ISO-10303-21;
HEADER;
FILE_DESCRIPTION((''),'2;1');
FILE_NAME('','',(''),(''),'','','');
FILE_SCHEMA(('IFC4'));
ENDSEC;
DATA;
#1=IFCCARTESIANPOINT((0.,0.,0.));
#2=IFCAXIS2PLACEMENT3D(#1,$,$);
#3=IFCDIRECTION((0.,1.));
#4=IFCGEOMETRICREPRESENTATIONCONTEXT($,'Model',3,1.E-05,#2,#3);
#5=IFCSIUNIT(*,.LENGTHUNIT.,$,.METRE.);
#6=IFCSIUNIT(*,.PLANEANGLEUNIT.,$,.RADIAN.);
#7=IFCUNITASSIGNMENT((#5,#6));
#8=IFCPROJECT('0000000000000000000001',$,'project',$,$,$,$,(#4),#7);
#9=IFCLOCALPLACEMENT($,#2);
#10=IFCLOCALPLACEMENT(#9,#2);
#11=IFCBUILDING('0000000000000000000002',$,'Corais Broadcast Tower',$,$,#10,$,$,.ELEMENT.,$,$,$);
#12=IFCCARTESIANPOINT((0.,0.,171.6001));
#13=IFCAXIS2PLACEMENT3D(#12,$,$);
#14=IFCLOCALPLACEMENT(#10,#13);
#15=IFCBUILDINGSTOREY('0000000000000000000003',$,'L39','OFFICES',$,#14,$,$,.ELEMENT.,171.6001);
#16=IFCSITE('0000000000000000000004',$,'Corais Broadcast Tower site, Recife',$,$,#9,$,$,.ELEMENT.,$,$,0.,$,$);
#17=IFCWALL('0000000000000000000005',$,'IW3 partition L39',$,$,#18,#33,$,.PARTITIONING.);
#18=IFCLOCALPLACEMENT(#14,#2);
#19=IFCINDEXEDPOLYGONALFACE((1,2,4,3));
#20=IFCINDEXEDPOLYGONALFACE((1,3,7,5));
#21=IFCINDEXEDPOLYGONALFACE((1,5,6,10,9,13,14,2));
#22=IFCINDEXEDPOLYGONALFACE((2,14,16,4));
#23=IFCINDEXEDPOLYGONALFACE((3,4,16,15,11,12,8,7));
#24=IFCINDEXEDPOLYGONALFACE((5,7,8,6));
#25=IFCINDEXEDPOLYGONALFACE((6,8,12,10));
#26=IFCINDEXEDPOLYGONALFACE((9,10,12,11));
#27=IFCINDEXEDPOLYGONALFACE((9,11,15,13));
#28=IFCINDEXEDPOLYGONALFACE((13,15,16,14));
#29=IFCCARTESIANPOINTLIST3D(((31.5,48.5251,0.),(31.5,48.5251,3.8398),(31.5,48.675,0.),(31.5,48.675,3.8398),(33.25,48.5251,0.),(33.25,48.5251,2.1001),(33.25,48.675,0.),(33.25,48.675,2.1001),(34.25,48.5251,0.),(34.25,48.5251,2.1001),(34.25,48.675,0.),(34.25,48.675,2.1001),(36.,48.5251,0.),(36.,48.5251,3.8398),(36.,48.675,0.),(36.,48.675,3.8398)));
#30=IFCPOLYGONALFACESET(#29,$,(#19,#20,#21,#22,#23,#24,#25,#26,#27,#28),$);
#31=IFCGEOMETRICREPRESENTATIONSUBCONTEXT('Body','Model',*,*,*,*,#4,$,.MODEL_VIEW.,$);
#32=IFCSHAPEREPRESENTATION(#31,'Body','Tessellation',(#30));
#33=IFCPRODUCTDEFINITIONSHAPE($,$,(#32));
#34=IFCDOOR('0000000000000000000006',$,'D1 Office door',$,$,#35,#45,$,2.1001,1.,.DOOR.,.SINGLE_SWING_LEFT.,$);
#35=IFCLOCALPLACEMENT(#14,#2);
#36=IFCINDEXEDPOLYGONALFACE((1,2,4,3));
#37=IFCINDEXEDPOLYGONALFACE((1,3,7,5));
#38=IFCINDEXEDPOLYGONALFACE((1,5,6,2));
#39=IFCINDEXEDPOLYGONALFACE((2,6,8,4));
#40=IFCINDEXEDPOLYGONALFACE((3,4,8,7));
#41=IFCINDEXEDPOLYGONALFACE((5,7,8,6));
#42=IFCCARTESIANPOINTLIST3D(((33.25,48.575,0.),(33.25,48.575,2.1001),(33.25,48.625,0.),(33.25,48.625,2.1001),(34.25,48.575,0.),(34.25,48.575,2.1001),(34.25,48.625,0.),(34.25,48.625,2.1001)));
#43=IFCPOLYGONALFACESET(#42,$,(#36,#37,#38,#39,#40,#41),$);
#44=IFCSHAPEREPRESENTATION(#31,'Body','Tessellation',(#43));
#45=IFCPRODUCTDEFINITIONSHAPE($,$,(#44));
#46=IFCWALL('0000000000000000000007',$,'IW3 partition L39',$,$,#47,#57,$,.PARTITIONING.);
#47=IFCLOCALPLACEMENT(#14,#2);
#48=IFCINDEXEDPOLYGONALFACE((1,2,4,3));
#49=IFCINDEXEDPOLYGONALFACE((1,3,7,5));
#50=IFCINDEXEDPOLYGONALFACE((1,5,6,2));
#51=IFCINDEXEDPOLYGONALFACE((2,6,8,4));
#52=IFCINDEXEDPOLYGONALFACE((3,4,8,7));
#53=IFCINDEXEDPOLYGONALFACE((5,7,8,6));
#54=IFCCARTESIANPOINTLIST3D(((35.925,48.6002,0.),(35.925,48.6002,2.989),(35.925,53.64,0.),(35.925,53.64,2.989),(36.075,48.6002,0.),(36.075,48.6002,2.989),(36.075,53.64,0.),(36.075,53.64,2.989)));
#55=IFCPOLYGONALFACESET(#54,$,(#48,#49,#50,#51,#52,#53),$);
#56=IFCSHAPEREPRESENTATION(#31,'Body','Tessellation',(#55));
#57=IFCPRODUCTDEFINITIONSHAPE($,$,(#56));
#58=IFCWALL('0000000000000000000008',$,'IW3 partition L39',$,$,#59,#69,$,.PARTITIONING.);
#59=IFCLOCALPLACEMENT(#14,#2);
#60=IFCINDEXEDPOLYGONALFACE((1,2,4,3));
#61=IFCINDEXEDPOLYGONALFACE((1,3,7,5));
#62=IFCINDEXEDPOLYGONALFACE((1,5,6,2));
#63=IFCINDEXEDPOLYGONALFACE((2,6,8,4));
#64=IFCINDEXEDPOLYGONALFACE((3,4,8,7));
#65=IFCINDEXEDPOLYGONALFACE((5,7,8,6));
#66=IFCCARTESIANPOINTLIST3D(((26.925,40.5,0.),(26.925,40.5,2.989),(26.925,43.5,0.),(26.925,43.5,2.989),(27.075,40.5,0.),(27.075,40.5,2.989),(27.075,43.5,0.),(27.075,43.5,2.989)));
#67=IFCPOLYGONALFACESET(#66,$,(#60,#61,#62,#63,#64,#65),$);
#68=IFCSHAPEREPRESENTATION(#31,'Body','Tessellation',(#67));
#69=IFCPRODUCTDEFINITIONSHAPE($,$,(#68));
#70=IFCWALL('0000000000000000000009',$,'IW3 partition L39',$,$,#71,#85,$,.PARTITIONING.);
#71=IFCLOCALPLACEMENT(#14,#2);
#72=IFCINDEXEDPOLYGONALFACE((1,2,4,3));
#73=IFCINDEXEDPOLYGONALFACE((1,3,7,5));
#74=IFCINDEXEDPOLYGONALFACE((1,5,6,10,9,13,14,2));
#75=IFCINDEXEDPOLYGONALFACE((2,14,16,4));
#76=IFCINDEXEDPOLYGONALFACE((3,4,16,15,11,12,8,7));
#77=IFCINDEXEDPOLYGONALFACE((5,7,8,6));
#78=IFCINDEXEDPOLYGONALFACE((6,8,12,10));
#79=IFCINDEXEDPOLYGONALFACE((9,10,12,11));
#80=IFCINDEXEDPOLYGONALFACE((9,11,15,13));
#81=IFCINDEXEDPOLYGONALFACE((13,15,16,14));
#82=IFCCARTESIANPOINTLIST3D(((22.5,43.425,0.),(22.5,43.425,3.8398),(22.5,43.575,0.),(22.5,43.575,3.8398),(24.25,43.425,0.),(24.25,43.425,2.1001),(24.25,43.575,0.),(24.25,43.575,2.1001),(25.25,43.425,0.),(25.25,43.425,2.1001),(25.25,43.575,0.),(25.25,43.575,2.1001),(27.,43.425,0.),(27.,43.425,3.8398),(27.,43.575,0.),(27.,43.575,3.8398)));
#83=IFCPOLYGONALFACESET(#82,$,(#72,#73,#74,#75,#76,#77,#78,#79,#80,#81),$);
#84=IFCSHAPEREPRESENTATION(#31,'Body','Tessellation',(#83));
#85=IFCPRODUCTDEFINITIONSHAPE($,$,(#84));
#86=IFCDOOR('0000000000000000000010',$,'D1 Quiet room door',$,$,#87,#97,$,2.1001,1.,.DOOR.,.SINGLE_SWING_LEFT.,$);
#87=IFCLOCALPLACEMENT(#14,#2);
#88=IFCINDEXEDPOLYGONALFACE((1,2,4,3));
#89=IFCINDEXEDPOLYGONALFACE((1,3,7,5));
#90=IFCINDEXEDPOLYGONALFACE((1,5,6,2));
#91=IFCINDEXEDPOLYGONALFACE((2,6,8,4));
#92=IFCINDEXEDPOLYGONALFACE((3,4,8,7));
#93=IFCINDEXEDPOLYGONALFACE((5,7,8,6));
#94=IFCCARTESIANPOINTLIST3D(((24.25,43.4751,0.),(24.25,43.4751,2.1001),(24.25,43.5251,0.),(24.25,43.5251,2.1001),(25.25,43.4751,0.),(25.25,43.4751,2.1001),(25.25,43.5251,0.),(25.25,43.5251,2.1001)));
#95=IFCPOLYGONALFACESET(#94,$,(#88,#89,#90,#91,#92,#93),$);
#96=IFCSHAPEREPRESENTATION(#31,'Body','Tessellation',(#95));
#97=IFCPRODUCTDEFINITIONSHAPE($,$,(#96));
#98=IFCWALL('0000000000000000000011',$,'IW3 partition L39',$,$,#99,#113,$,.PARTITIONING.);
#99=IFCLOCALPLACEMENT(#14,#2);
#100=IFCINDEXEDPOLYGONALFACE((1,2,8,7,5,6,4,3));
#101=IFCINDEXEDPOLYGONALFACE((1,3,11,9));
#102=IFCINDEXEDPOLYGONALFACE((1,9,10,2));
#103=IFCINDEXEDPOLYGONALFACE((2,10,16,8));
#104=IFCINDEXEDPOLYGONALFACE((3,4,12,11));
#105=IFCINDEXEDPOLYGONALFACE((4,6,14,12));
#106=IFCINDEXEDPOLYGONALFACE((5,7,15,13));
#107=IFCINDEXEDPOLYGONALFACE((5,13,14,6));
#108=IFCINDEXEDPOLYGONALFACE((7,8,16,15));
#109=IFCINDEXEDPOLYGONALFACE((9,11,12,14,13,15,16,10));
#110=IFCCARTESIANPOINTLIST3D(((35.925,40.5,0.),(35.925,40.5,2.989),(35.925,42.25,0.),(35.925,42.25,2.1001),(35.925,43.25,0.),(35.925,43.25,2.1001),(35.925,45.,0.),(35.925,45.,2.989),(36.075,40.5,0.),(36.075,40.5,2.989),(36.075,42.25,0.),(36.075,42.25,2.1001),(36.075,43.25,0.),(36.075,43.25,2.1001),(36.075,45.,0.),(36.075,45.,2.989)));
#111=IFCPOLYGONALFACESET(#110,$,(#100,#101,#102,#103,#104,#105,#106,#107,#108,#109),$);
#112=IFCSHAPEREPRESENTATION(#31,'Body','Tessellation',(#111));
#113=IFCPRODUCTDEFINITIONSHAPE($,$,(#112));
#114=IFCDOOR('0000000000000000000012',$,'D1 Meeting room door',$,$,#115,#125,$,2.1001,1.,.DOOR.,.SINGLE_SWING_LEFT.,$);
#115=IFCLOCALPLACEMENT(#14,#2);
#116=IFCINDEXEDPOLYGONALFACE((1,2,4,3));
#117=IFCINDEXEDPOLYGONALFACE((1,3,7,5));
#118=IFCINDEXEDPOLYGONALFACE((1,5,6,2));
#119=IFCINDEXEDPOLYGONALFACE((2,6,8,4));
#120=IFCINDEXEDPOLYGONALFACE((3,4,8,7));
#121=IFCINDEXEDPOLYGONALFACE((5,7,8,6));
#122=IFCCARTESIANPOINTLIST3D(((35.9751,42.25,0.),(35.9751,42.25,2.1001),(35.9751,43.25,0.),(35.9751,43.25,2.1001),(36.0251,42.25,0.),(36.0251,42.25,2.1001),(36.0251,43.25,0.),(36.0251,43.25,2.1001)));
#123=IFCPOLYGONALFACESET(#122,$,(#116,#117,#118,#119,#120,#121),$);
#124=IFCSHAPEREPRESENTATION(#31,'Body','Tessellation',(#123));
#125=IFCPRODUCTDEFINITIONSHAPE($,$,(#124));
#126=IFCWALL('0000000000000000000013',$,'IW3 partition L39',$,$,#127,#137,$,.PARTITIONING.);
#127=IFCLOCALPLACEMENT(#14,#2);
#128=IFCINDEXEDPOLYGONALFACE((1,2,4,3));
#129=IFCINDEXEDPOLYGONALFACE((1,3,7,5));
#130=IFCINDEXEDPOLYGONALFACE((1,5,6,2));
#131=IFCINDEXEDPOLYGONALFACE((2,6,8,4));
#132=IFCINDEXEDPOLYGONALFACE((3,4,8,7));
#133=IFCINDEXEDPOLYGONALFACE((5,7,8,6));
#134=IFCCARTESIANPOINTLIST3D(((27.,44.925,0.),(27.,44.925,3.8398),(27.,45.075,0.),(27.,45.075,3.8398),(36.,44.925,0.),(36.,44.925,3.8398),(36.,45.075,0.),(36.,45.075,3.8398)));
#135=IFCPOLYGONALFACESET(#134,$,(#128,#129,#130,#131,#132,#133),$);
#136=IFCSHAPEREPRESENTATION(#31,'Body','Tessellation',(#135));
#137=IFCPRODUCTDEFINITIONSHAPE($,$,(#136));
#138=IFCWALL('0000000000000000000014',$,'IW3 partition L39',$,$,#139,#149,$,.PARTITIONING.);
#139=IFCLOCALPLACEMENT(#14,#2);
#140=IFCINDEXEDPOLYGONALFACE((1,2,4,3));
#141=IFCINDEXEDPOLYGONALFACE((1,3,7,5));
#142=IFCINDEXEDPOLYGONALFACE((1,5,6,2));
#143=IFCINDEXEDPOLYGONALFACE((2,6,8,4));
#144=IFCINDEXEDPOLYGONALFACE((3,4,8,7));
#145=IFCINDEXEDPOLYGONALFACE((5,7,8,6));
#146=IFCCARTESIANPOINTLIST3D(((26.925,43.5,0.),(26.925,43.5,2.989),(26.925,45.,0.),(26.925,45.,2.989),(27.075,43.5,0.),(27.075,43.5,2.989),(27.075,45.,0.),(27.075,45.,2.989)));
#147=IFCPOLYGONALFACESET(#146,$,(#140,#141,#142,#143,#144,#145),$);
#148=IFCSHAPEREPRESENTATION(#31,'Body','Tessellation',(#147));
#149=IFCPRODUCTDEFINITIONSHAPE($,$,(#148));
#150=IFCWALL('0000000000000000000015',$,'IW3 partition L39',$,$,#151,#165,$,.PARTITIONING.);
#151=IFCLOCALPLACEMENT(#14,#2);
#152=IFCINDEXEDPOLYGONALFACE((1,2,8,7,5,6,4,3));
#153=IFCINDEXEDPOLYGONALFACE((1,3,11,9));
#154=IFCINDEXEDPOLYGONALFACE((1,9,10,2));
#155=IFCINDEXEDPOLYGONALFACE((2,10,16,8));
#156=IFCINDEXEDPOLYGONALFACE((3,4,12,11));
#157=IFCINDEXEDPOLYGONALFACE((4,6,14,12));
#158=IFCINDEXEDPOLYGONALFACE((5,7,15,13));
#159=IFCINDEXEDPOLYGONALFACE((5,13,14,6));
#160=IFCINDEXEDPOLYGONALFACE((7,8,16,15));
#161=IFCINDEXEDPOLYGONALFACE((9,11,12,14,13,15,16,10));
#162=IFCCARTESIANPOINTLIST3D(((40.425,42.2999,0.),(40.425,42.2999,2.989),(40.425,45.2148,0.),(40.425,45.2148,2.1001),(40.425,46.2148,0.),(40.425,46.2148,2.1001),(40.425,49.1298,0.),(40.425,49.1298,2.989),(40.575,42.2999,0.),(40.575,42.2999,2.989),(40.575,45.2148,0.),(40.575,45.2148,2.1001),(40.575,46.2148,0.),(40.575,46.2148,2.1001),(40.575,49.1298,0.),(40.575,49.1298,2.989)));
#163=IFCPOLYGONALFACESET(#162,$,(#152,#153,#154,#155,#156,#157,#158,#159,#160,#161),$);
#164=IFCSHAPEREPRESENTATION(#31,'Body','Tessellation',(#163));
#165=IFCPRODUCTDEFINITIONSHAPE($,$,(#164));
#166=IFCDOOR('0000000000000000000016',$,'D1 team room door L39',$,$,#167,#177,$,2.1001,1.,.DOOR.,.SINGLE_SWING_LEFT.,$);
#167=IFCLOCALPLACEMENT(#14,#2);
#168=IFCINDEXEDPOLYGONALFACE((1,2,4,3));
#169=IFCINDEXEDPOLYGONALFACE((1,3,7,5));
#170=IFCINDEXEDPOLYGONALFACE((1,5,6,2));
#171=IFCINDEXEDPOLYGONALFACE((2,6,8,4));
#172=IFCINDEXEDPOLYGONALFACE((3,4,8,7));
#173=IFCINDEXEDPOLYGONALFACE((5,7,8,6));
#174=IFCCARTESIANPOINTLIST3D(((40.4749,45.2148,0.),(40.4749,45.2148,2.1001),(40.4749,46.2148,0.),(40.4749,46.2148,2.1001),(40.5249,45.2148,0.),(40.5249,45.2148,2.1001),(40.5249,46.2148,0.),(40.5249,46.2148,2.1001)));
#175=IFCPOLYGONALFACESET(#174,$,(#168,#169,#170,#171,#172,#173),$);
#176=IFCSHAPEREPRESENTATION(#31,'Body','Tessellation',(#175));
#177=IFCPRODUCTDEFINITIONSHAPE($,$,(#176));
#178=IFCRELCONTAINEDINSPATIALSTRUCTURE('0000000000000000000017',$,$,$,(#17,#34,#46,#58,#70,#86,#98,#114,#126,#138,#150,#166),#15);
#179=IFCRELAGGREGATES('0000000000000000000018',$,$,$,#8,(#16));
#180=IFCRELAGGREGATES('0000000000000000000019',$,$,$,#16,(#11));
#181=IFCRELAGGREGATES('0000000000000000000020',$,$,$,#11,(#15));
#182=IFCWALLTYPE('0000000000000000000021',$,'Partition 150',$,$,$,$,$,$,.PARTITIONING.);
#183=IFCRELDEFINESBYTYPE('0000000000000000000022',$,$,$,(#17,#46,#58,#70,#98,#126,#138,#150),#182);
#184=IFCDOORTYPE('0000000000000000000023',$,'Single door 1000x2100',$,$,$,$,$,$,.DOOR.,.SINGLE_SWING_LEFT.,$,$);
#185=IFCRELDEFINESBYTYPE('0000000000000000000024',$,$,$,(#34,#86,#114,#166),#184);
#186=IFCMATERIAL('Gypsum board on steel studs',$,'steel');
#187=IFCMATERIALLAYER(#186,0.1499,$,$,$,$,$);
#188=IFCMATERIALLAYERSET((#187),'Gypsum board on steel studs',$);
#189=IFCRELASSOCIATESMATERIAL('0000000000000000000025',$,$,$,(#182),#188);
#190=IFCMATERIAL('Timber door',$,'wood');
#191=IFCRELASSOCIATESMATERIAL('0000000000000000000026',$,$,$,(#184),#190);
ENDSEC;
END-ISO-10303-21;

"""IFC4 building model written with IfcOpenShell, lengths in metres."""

from ifc_helpers import new_model, si_unit, direction, frame, frame_2d, origin, place, context, subcontext, project, spatial, rectangle, extrude, material, layer, layer_set, type_object, element, fill, save


model = new_model("IFC4")

# Units and contexts
model_context = context("Model", 3, precision=1e-05, world=origin(), true_north=direction((0.0, 1.0)))
body_context = subcontext(model_context, "Body", "Model", "MODEL_VIEW")
ifc_project = project(units=[si_unit("LENGTHUNIT", "METRE"), si_unit("PLANEANGLEUNIT", "RADIAN")], contexts=[model_context])

# Site, building, storey
site_placement = place(None, origin())
site = spatial("IfcSite", under=ifc_project, at=site_placement, Name="Corais Broadcast Tower site, Recife", CompositionType="ELEMENT", RefElevation=0.0)
building_placement = place(site_placement, origin())
building = spatial("IfcBuilding", under=site, at=building_placement, Name="Corais Broadcast Tower", CompositionType="ELEMENT")
storey_placement = place(building_placement, frame((0.0, 0.0, 171.6001)))
storey = spatial("IfcBuildingStorey", under=building, at=storey_placement, Name="L39", Description="OFFICES", CompositionType="ELEMENT", Elevation=171.6001)

# Shared definitions
ifc_material_1 = material(Name="Gypsum board on steel studs", Category="steel")
ifc_layer_1 = layer(ifc_material_1, 0.1499)
ifc_layer_set_1 = layer_set([ifc_layer_1], Name="Gypsum board on steel studs")
wall_type_1 = type_object("IfcWallType", Name="Partition 150", PredefinedType="PARTITIONING", material=ifc_layer_set_1)
ifc_material_2 = material(Name="Timber door", Category="wood")
door_type = type_object("IfcDoorType", Name="Single door 1000x2100", OperationType="SINGLE_SWING_LEFT", PredefinedType="DOOR", material=ifc_material_2)

# Wall, opening, door
wall_1_placement = place(storey_placement, frame((31.5, 48.6001, 0.0), z_axis=(0.0, 0.0, 1.0), x_axis=(1.0, 0.0, 0.0)))
wall_1 = element("IfcWall", 1, at=wall_1_placement, inside=storey, type_object=wall_type_1, Name="IW3 partition L39", PredefinedType="PARTITIONING", context=body_context, shape_type="SweptSolid", body=[
    extrude(rectangle(XDim=4.5, YDim=0.1499, at=frame_2d((2.25, 0.0))), origin(), (0.0, 0.0, 1.0), 3.8398),
])
opening_1_placement = place(wall_1_placement, frame((1.75, 0.0, 0.0)))
opening_1 = element("IfcOpeningElement", 2, at=opening_1_placement, cuts=wall_1, PredefinedType="OPENING", context=body_context, shape_type="SweptSolid", body=[
    extrude(rectangle(XDim=1.0, YDim=2.1001, at=frame_2d((0.5, 1.05))), frame((0.0, 0.085, 0.0), z_axis=(0.0, -1.0, 0.0), x_axis=(1.0, 0.0, 0.0)), (0.0, 0.0, 1.0), 0.1699),
])
door_1_placement = place(opening_1_placement, origin())
door_1 = element("IfcDoor", 3, at=door_1_placement, inside=storey, type_object=door_type, Name="D1 Office door", OperationType="SINGLE_SWING_LEFT", OverallHeight=2.1001, OverallWidth=1.0, PredefinedType="DOOR", context=body_context, shape_type="SweptSolid", body=[
    extrude(rectangle(XDim=1.0, YDim=2.1001, at=frame_2d((0.5, 1.05))), frame((0.0, 0.0249, 0.0), z_axis=(0.0, -1.0, 0.0), x_axis=(1.0, 0.0, 0.0)), (0.0, 0.0, 1.0), 0.05),
])
fill(opening_1, door_1)

# Walls
wall_2_placement = place(storey_placement, frame((36.0, 48.6001, 0.0), z_axis=(0.0, 0.0, 1.0), x_axis=(0.0, 1.0, 0.0)))
element("IfcWall", 4, at=wall_2_placement, inside=storey, type_object=wall_type_1, Name="IW3 partition L39", PredefinedType="PARTITIONING", context=body_context, shape_type="SweptSolid", body=[
    extrude(rectangle(XDim=5.0398, YDim=0.1499, at=frame_2d((2.52, 0.0))), origin(), (0.0, 0.0, 1.0), 2.989),
])
wall_3_placement = place(storey_placement, frame((27.0, 40.5, 0.0), z_axis=(0.0, 0.0, 1.0), x_axis=(0.0, 1.0, 0.0)))
element("IfcWall", 5, at=wall_3_placement, inside=storey, type_object=wall_type_1, Name="IW3 partition L39", PredefinedType="PARTITIONING", context=body_context, shape_type="SweptSolid", body=[
    extrude(rectangle(XDim=3.0, YDim=0.1499, at=frame_2d((1.5, 0.0))), origin(), (0.0, 0.0, 1.0), 2.989),
])

# Walls, openings, doors
wall_4_placement = place(storey_placement, frame((27.0, 43.5, 0.0), z_axis=(0.0, 0.0, 1.0), x_axis=(-1.0, 0.0, 0.0)))
wall_4 = element("IfcWall", 6, at=wall_4_placement, inside=storey, type_object=wall_type_1, Name="IW3 partition L39", PredefinedType="PARTITIONING", context=body_context, shape_type="SweptSolid", body=[
    extrude(rectangle(XDim=4.5, YDim=0.1499, at=frame_2d((2.25, 0.0))), origin(), (0.0, 0.0, 1.0), 3.8398),
])
opening_2_placement = place(wall_4_placement, frame((1.75, 0.0, 0.0)))
opening_2 = element("IfcOpeningElement", 7, at=opening_2_placement, cuts=wall_4, PredefinedType="OPENING", context=body_context, shape_type="SweptSolid", body=[
    extrude(rectangle(XDim=1.0, YDim=2.1001, at=frame_2d((0.5, 1.05))), frame((0.0, 0.085, 0.0), z_axis=(0.0, -1.0, 0.0), x_axis=(1.0, 0.0, 0.0)), (0.0, 0.0, 1.0), 0.1699),
])
door_2_placement = place(opening_2_placement, origin())
door_2 = element("IfcDoor", 8, at=door_2_placement, inside=storey, type_object=door_type, Name="D1 Quiet room door", OperationType="SINGLE_SWING_LEFT", OverallHeight=2.1001, OverallWidth=1.0, PredefinedType="DOOR", context=body_context, shape_type="SweptSolid", body=[
    extrude(rectangle(XDim=1.0, YDim=2.1001, at=frame_2d((0.5, 1.05))), frame((0.0, 0.0249, 0.0), z_axis=(0.0, -1.0, 0.0), x_axis=(1.0, 0.0, 0.0)), (0.0, 0.0, 1.0), 0.05),
])
fill(opening_2, door_2)
wall_5_placement = place(storey_placement, frame((36.0, 40.5, 0.0), z_axis=(0.0, 0.0, 1.0), x_axis=(0.0, 1.0, 0.0)))
wall_5 = element("IfcWall", 9, at=wall_5_placement, inside=storey, type_object=wall_type_1, Name="IW3 partition L39", PredefinedType="PARTITIONING", context=body_context, shape_type="SweptSolid", body=[
    extrude(rectangle(XDim=4.5, YDim=0.1499, at=frame_2d((2.25, 0.0))), origin(), (0.0, 0.0, 1.0), 2.989),
])
opening_3_placement = place(wall_5_placement, frame((1.75, 0.0, 0.0)))
opening_3 = element("IfcOpeningElement", 10, at=opening_3_placement, cuts=wall_5, PredefinedType="OPENING", context=body_context, shape_type="SweptSolid", body=[
    extrude(rectangle(XDim=1.0, YDim=2.1001, at=frame_2d((0.5, 1.05))), frame((0.0, 0.085, 0.0), z_axis=(0.0, -1.0, 0.0), x_axis=(1.0, 0.0, 0.0)), (0.0, 0.0, 1.0), 0.1699),
])
door_3_placement = place(opening_3_placement, origin())
door_3 = element("IfcDoor", 11, at=door_3_placement, inside=storey, type_object=door_type, Name="D1 Meeting room door", OperationType="SINGLE_SWING_LEFT", OverallHeight=2.1001, OverallWidth=1.0, PredefinedType="DOOR", context=body_context, shape_type="SweptSolid", body=[
    extrude(rectangle(XDim=1.0, YDim=2.1001, at=frame_2d((0.5, 1.05))), frame((0.0, 0.0249, 0.0), z_axis=(0.0, -1.0, 0.0), x_axis=(1.0, 0.0, 0.0)), (0.0, 0.0, 1.0), 0.05),
])
fill(opening_3, door_3)

# Walls
wall_6_placement = place(storey_placement, frame((36.0, 45.0, 0.0), z_axis=(0.0, 0.0, 1.0), x_axis=(-1.0, 0.0, 0.0)))
element("IfcWall", 12, at=wall_6_placement, inside=storey, type_object=wall_type_1, Name="IW3 partition L39", PredefinedType="PARTITIONING", context=body_context, shape_type="SweptSolid", body=[
    extrude(rectangle(XDim=9.0, YDim=0.1499, at=frame_2d((4.5, 0.0))), origin(), (0.0, 0.0, 1.0), 3.8398),
])
wall_7_placement = place(storey_placement, frame((27.0, 45.0, 0.0), z_axis=(0.0, 0.0, 1.0), x_axis=(0.0, -1.0, 0.0)))
element("IfcWall", 13, at=wall_7_placement, inside=storey, type_object=wall_type_1, Name="IW3 partition L39", PredefinedType="PARTITIONING", context=body_context, shape_type="SweptSolid", body=[
    extrude(rectangle(XDim=1.5, YDim=0.1499, at=frame_2d((0.75, 0.0))), origin(), (0.0, 0.0, 1.0), 2.989),
])

# Wall, opening, door
wall_8_placement = place(storey_placement, frame((40.5, 49.1299, 0.0), z_axis=(0.0, 0.0, 1.0), x_axis=(0.0, -1.0, 0.0)))
wall_8 = element("IfcWall", 14, at=wall_8_placement, inside=storey, type_object=wall_type_1, Name="IW3 partition L39", PredefinedType="PARTITIONING", context=body_context, shape_type="SweptSolid", body=[
    extrude(rectangle(XDim=6.8298, YDim=0.1499, at=frame_2d((3.415, 0.0))), origin(), (0.0, 0.0, 1.0), 2.989),
])
opening_4_placement = place(wall_8_placement, frame((2.915, 0.0, 0.0)))
opening_4 = element("IfcOpeningElement", 15, at=opening_4_placement, cuts=wall_8, PredefinedType="OPENING", context=body_context, shape_type="SweptSolid", body=[
    extrude(rectangle(XDim=1.0, YDim=2.1001, at=frame_2d((0.5, 1.05))), frame((0.0, 0.085, 0.0), z_axis=(0.0, -1.0, 0.0), x_axis=(1.0, 0.0, 0.0)), (0.0, 0.0, 1.0), 0.1699),
])
door_4_placement = place(opening_4_placement, origin())
door_4 = element("IfcDoor", 16, at=door_4_placement, inside=storey, type_object=door_type, Name="D1 team room door L39", OperationType="SINGLE_SWING_LEFT", OverallHeight=2.1001, OverallWidth=1.0, PredefinedType="DOOR", context=body_context, shape_type="SweptSolid", body=[
    extrude(rectangle(XDim=1.0, YDim=2.1001, at=frame_2d((0.5, 1.05))), frame((0.0, 0.0249, 0.0), z_axis=(0.0, -1.0, 0.0), x_axis=(1.0, 0.0, 0.0)), (0.0, 0.0, 1.0), 0.05),
])
fill(opening_4, door_4)

save(model, "model.ifc")
